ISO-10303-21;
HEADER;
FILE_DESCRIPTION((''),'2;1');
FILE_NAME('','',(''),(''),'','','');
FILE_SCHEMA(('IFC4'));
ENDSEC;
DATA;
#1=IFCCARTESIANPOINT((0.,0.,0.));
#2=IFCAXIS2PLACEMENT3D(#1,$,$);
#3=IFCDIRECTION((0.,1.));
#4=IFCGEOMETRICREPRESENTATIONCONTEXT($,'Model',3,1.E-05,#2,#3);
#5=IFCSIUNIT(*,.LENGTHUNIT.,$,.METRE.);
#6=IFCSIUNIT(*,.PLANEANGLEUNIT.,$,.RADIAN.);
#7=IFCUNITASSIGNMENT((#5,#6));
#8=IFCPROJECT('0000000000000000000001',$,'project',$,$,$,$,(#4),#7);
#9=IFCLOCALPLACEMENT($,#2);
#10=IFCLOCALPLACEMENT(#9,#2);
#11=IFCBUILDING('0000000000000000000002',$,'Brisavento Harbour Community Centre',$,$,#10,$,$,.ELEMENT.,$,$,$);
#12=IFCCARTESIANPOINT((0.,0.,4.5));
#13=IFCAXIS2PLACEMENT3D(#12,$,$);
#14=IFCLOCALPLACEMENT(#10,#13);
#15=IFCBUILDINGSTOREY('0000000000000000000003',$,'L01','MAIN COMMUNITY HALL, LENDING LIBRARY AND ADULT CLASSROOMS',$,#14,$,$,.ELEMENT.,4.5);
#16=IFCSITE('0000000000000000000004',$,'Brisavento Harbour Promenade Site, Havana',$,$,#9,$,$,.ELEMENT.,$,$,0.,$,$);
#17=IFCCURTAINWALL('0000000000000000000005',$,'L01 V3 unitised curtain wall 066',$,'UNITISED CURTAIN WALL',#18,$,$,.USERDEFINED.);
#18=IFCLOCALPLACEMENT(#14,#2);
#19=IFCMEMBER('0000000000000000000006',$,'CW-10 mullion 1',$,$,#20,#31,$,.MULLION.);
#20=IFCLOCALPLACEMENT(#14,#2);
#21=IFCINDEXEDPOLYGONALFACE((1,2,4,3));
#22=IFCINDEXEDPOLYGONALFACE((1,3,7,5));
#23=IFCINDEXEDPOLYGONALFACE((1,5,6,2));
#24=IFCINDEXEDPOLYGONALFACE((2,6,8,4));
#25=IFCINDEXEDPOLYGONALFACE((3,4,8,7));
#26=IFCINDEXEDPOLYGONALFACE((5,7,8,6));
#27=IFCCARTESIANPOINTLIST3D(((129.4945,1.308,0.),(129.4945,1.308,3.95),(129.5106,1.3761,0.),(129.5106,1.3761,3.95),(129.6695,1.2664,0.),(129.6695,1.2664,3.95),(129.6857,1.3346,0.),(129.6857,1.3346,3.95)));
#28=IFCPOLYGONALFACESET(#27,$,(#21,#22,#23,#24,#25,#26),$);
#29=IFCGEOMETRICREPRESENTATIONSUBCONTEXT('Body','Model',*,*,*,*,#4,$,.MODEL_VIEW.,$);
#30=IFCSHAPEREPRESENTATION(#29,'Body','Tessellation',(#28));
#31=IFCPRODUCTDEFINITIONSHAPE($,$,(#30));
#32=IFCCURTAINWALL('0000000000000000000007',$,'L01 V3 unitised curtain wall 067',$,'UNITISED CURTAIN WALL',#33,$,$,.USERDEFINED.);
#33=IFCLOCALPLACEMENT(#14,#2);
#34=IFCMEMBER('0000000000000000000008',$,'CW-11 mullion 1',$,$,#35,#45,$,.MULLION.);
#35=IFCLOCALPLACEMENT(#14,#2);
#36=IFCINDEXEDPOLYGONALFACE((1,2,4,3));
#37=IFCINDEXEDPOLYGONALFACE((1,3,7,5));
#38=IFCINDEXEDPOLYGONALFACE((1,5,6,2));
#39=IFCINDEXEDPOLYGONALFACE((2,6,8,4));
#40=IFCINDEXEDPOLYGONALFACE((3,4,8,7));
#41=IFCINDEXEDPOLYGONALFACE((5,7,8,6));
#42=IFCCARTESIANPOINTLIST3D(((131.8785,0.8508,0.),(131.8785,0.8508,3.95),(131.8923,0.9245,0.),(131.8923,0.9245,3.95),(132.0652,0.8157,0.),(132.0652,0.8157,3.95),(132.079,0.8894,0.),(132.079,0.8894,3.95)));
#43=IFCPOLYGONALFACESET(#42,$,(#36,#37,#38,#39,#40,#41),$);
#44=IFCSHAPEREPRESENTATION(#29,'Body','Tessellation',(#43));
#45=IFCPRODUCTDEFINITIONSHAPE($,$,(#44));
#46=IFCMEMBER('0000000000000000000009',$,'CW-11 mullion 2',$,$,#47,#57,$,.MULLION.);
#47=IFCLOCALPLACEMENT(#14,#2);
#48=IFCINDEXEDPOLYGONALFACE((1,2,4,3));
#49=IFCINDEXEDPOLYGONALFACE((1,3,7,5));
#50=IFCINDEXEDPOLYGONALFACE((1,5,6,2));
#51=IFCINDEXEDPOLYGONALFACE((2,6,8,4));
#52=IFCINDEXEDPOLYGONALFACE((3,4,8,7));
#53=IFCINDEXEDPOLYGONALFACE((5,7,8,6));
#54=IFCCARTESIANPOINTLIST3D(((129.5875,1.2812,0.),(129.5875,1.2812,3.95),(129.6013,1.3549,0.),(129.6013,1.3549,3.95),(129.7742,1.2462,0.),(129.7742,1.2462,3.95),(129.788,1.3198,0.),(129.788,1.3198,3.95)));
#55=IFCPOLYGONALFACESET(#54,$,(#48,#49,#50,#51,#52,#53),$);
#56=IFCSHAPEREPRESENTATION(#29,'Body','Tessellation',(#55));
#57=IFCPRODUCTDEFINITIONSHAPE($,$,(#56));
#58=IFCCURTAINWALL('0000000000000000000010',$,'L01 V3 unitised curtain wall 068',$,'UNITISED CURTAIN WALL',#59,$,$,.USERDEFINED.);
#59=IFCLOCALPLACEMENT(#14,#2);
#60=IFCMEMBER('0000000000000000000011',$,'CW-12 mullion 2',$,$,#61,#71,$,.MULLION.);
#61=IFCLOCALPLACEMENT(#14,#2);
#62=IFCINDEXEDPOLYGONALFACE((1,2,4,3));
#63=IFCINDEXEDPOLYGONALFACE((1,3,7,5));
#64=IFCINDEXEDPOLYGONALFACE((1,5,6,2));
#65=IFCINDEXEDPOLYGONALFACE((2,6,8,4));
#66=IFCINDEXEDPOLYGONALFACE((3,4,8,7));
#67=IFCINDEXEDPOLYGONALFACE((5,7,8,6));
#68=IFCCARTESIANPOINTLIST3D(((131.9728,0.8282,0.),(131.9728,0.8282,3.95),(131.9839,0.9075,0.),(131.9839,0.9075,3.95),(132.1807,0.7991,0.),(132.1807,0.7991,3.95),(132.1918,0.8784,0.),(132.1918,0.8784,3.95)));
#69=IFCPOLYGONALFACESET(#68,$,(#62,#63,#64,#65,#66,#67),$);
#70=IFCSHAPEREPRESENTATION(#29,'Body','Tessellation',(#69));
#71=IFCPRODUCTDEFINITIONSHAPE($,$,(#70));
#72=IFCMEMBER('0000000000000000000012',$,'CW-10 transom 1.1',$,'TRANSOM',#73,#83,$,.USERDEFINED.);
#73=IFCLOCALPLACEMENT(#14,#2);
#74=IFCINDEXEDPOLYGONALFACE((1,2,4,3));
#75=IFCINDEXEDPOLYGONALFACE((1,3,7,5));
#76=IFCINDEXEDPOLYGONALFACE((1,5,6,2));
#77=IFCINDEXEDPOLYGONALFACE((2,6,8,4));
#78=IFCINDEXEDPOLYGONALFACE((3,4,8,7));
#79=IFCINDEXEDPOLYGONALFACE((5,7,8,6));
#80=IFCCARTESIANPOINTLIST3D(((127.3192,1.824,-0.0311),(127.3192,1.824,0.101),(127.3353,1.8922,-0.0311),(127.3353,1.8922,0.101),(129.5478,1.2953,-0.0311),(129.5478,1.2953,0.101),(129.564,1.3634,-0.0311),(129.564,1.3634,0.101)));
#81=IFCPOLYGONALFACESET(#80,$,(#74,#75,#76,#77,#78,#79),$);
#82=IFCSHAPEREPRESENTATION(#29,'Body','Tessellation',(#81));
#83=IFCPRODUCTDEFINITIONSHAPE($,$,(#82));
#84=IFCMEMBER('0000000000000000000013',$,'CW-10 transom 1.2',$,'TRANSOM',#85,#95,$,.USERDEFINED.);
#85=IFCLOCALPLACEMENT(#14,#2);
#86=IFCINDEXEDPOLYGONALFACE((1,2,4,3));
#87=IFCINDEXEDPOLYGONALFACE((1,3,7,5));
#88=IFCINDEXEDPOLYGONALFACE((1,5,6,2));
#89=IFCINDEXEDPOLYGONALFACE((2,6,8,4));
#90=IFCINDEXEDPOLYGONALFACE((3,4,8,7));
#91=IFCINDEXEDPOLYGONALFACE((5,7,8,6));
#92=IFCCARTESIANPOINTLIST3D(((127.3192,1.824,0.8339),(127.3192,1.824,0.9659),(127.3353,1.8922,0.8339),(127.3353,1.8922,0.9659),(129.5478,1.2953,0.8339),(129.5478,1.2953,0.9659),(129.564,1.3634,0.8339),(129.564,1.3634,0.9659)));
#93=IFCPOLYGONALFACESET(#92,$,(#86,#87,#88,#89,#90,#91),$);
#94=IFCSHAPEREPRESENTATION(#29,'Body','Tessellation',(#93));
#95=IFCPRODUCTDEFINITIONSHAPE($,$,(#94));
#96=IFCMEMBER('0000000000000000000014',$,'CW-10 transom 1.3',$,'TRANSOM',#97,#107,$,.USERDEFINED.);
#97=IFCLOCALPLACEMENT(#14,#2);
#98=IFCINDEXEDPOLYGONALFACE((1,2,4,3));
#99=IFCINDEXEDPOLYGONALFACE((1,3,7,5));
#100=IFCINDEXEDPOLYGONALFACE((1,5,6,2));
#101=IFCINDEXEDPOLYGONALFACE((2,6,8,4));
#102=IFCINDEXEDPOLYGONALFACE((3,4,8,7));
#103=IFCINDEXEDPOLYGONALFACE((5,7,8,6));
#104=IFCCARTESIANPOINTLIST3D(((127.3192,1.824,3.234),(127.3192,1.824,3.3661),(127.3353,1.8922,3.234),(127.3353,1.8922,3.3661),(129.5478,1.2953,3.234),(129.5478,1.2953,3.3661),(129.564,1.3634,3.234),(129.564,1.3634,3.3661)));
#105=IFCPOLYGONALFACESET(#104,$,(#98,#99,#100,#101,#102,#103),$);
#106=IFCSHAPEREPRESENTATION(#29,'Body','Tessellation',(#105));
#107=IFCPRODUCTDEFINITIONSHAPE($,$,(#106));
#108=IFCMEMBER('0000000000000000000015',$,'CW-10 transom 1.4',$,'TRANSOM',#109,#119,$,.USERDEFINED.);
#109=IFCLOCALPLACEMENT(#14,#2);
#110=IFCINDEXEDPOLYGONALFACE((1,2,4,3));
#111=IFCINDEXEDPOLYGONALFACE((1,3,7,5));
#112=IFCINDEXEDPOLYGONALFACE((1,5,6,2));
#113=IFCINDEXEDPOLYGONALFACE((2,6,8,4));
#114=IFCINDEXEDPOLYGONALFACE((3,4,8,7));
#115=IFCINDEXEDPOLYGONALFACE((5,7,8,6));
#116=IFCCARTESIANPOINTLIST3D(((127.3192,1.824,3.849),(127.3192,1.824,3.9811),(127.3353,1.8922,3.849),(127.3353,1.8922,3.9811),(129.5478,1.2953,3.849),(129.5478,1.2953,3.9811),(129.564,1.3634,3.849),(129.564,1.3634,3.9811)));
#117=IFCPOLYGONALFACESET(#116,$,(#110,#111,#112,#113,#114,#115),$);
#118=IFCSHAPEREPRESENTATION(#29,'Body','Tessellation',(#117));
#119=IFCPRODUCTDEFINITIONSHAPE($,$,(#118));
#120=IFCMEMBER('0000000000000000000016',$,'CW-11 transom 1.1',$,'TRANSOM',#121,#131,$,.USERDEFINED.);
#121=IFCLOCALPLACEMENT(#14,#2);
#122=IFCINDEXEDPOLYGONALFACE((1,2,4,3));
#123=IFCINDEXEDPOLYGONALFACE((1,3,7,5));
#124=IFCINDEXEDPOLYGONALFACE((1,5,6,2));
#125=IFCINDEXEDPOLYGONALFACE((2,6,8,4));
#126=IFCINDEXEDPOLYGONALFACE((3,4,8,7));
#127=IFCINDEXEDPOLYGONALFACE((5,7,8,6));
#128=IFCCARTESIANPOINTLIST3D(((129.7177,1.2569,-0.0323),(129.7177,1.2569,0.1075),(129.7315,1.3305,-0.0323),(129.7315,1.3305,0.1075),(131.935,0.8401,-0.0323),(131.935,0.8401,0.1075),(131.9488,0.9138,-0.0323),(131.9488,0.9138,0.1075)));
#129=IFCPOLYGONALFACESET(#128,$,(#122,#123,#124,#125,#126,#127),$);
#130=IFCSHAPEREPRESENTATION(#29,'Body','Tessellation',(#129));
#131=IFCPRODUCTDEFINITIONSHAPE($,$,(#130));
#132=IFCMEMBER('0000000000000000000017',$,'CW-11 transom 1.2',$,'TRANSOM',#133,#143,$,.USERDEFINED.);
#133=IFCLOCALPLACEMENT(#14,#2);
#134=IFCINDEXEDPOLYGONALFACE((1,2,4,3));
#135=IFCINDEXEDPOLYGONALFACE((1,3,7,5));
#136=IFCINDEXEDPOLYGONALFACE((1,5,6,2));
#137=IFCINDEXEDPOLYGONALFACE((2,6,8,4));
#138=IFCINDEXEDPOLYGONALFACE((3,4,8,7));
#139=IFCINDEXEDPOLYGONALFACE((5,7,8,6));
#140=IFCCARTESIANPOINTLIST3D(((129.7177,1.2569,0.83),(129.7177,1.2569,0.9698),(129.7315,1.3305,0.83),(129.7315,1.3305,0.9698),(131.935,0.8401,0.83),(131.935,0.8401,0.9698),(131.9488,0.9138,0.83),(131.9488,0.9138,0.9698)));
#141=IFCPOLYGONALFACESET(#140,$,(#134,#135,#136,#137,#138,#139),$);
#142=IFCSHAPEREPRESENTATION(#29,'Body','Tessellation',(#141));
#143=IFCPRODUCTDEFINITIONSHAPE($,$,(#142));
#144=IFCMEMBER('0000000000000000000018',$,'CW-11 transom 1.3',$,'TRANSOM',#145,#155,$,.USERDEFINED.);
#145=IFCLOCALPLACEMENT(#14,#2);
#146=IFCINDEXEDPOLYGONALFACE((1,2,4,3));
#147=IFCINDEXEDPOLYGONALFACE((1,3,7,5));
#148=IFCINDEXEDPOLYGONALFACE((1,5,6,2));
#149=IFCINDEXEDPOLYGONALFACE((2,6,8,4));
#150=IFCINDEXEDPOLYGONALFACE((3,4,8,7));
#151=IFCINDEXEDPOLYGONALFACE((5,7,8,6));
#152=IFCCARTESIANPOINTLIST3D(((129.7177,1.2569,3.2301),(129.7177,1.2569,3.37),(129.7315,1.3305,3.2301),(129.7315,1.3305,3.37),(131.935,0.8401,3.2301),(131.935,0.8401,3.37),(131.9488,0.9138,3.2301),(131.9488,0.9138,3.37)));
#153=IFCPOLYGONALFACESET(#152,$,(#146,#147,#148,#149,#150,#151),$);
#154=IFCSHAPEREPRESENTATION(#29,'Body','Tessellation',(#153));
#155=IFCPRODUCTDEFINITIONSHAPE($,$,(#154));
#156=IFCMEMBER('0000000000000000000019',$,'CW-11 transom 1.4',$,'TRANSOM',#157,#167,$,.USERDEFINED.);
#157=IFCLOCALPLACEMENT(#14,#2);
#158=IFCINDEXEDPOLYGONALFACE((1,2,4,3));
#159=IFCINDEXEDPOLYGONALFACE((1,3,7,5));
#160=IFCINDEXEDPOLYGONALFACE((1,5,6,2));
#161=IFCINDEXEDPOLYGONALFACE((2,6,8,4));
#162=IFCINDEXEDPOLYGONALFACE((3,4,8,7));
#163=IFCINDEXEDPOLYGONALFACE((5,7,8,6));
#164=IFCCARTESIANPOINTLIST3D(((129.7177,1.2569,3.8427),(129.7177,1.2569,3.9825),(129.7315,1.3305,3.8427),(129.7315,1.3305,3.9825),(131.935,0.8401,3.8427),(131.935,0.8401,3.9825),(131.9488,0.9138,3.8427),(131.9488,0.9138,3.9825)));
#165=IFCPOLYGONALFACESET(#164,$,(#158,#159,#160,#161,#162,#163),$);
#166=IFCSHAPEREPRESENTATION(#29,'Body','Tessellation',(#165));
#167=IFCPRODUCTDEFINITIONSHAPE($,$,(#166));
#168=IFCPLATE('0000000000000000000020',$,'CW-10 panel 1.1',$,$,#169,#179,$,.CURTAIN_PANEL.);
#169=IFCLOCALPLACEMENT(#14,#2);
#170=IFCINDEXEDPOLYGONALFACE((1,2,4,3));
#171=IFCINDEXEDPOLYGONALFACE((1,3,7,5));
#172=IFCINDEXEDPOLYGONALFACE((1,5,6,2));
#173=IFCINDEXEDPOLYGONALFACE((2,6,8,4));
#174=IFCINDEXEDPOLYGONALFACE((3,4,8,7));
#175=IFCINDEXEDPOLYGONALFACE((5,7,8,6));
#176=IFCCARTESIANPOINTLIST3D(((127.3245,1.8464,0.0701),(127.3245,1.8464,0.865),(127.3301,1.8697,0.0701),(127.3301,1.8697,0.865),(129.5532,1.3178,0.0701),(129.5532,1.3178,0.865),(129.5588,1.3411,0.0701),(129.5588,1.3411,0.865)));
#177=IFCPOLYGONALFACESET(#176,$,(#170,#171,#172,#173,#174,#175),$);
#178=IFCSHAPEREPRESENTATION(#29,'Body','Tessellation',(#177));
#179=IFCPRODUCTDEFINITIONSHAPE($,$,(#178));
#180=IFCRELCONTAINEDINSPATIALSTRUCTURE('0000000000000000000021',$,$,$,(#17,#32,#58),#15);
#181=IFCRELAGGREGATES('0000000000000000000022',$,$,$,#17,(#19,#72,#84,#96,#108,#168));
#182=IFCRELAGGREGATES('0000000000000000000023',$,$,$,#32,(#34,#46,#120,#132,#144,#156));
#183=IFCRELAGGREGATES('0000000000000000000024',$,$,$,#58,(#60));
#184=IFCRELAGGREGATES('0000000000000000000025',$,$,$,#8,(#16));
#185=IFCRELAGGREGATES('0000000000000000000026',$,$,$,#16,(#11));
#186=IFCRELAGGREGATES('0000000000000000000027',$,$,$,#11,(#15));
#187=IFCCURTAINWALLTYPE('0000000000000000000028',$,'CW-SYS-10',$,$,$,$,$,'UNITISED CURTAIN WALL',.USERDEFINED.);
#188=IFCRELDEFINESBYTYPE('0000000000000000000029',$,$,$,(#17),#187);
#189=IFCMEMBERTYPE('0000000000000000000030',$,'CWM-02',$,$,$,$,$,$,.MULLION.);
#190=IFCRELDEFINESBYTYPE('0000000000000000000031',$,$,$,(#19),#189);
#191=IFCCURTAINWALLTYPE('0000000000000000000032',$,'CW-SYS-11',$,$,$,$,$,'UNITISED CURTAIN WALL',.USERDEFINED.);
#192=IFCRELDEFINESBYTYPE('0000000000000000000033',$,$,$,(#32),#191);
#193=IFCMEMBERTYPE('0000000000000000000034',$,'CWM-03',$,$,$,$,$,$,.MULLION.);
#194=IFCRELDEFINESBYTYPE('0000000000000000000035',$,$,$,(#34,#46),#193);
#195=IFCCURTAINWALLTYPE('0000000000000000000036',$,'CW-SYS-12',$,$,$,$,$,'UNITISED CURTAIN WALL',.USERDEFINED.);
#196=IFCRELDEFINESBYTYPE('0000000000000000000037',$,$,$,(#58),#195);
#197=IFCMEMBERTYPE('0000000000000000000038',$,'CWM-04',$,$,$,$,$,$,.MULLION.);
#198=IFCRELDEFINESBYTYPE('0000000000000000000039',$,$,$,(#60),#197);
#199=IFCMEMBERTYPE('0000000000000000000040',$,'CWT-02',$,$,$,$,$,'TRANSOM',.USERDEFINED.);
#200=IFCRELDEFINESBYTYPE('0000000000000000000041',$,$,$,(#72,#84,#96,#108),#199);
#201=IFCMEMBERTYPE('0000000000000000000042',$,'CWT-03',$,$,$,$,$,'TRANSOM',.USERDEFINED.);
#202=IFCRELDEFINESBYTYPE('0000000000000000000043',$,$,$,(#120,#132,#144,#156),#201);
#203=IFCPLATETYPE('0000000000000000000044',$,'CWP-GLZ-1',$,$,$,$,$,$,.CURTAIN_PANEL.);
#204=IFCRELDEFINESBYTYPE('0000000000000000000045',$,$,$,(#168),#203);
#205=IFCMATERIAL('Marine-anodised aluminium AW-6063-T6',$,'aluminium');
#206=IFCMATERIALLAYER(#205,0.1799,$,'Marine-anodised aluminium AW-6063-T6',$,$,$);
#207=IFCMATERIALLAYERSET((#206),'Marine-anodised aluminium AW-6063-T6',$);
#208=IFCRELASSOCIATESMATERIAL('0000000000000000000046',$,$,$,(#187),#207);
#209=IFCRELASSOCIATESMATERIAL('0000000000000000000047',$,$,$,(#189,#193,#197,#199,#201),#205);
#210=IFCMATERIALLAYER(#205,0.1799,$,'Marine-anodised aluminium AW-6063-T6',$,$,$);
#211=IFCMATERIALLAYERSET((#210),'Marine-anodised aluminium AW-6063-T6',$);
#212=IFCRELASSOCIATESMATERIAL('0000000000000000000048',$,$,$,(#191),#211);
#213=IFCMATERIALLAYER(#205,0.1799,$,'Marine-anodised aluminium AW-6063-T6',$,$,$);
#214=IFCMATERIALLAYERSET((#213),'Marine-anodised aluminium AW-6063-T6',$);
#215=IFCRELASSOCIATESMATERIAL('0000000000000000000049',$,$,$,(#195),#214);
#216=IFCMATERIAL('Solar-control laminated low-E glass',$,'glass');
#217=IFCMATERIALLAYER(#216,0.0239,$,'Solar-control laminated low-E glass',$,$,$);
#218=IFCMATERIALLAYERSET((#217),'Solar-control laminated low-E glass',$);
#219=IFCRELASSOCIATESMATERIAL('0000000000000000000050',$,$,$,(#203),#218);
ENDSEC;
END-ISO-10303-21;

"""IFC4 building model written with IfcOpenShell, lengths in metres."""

from ifc_helpers import new_model, si_unit, direction, frame, origin, origin_2d, place, context, subcontext, project, spatial, rectangle, extrude, material, layer, layer_set, material_profile, profile_set, type_object, element, aggregate, save


model = new_model("IFC4")

# Units and contexts
model_context = context("Model", 3, precision=1e-05, world=origin(), true_north=direction((0.0, 1.0)))
body_context = subcontext(model_context, "Body", "Model", "MODEL_VIEW")
ifc_project = project(units=[si_unit("LENGTHUNIT", "METRE"), si_unit("PLANEANGLEUNIT", "RADIAN")], contexts=[model_context])

# Site, building, storey
site_placement = place(None, origin())
site = spatial("IfcSite", under=ifc_project, at=site_placement, Name="Brisavento Harbour Promenade Site, Havana", CompositionType="ELEMENT", RefElevation=0.0)
building_placement = place(site_placement, origin())
building = spatial("IfcBuilding", under=site, at=building_placement, Name="Brisavento Harbour Community Centre", CompositionType="ELEMENT")
storey_placement = place(building_placement, frame((0.0, 0.0, 4.5)))
storey = spatial("IfcBuildingStorey", under=building, at=storey_placement, Name="L01", Description="MAIN COMMUNITY HALL, LENDING LIBRARY AND ADULT CLASSROOMS", CompositionType="ELEMENT", Elevation=4.5)

# Curtain wall, member
ifc_material_1 = material(Name="Marine-anodised aluminium AW-6063-T6", Category="aluminium")
ifc_layer_1 = layer(ifc_material_1, 0.1799, Name="Marine-anodised aluminium AW-6063-T6")
ifc_layer_set_1 = layer_set([ifc_layer_1], Name="Marine-anodised aluminium AW-6063-T6")
curtain_wall_type_1 = type_object("IfcCurtainWallType", Name="CW-SYS-10", ElementType="UNITISED CURTAIN WALL", PredefinedType="USERDEFINED", material=ifc_layer_set_1)
curtain_wall_1_placement = place(storey_placement, origin())
curtain_wall_1 = element("IfcCurtainWall", 1, at=curtain_wall_1_placement, inside=storey, type_object=curtain_wall_type_1, Name="L01 V3 unitised curtain wall 066", ObjectType="UNITISED CURTAIN WALL", PredefinedType="USERDEFINED")
ifc_material_profile_1 = material_profile(ifc_material_1, rectangle(XDim=0.0701, YDim=0.1799, at=origin_2d()), Name="Marine-anodised aluminium AW-6063-T6")
ifc_profile_set_1 = profile_set([ifc_material_profile_1], Name="Marine-anodised aluminium AW-6063-T6")
member_type_1 = type_object("IfcMemberType", Name="CWM-02", PredefinedType="MULLION", material=ifc_profile_set_1)
member_1_placement = place(storey_placement, frame((129.5901, 1.3213, 0.0), z_axis=(0.0, 0.0, 1.0), x_axis=(-0.230805, -0.973, 0.0)))
member_1 = element("IfcMember", 2, at=member_1_placement, type_object=member_type_1, Name="CW-10 mullion 1", PredefinedType="MULLION", context=body_context, shape_type="SweptSolid", body=[
    extrude(rectangle(XDim=0.0701, YDim=0.1799, at=origin_2d()), origin(), (0.0, 0.0, 1.0), 3.95),
])

# Curtain wall, members
ifc_layer_2 = layer(ifc_material_1, 0.1799, Name="Marine-anodised aluminium AW-6063-T6")
ifc_layer_set_2 = layer_set([ifc_layer_2], Name="Marine-anodised aluminium AW-6063-T6")
curtain_wall_type_2 = type_object("IfcCurtainWallType", Name="CW-SYS-11", ElementType="UNITISED CURTAIN WALL", PredefinedType="USERDEFINED", material=ifc_layer_set_2)
curtain_wall_2_placement = place(storey_placement, origin())
curtain_wall_2 = element("IfcCurtainWall", 3, at=curtain_wall_2_placement, inside=storey, type_object=curtain_wall_type_2, Name="L01 V3 unitised curtain wall 067", ObjectType="UNITISED CURTAIN WALL", PredefinedType="USERDEFINED")
ifc_material_profile_2 = material_profile(ifc_material_1, rectangle(XDim=0.075, YDim=0.1899, at=origin_2d()), Name="Marine-anodised aluminium AW-6063-T6")
ifc_profile_set_2 = profile_set([ifc_material_profile_2], Name="Marine-anodised aluminium AW-6063-T6")
member_type_2 = type_object("IfcMemberType", Name="CWM-03", PredefinedType="MULLION", material=ifc_profile_set_2)
member_2_placement = place(storey_placement, frame((131.9788, 0.8701, 0.0), z_axis=(0.0, 0.0, 1.0), x_axis=(-0.184665, -0.982802, 0.0)))
member_2 = element("IfcMember", 4, at=member_2_placement, type_object=member_type_2, Name="CW-11 mullion 1", PredefinedType="MULLION", context=body_context, shape_type="SweptSolid", body=[
    extrude(rectangle(XDim=0.075, YDim=0.1899, at=origin_2d()), origin(), (0.0, 0.0, 1.0), 3.95),
])
member_3_placement = place(storey_placement, frame((129.6877, 1.3005, 0.0), z_axis=(0.0, 0.0, 1.0), x_axis=(-0.184665, -0.982802, 0.0)))
member_3 = element("IfcMember", 5, at=member_3_placement, type_object=member_type_2, Name="CW-11 mullion 2", PredefinedType="MULLION", context=body_context, shape_type="SweptSolid", body=[
    extrude(rectangle(XDim=0.075, YDim=0.1899, at=origin_2d()), origin(), (0.0, 0.0, 1.0), 3.95),
])

# Curtain wall, member
ifc_layer_3 = layer(ifc_material_1, 0.1799, Name="Marine-anodised aluminium AW-6063-T6")
ifc_layer_set_3 = layer_set([ifc_layer_3], Name="Marine-anodised aluminium AW-6063-T6")
curtain_wall_type_3 = type_object("IfcCurtainWallType", Name="CW-SYS-12", ElementType="UNITISED CURTAIN WALL", PredefinedType="USERDEFINED", material=ifc_layer_set_3)
curtain_wall_3_placement = place(storey_placement, origin())
curtain_wall_3 = element("IfcCurtainWall", 6, at=curtain_wall_3_placement, inside=storey, type_object=curtain_wall_type_3, Name="L01 V3 unitised curtain wall 068", ObjectType="UNITISED CURTAIN WALL", PredefinedType="USERDEFINED")
ifc_material_profile_3 = material_profile(ifc_material_1, rectangle(XDim=0.0801, YDim=0.21, at=origin_2d()), Name="Marine-anodised aluminium AW-6063-T6")
ifc_profile_set_3 = profile_set([ifc_material_profile_3], Name="Marine-anodised aluminium AW-6063-T6")
member_type_3 = type_object("IfcMemberType", Name="CWM-04", PredefinedType="MULLION", material=ifc_profile_set_3)
member_4_placement = place(storey_placement, frame((132.0823, 0.8533, 0.0), z_axis=(0.0, 0.0, 1.0), x_axis=(-0.138477, -0.990366, 0.0)))
member_4 = element("IfcMember", 7, at=member_4_placement, type_object=member_type_3, Name="CW-12 mullion 2", PredefinedType="MULLION", context=body_context, shape_type="SweptSolid", body=[
    extrude(rectangle(XDim=0.0801, YDim=0.21, at=origin_2d()), origin(), (0.0, 0.0, 1.0), 3.95),
])

# Members
ifc_material_profile_4 = material_profile(ifc_material_1, rectangle(XDim=0.0701, YDim=0.1321, at=origin_2d()), Name="Marine-anodised aluminium AW-6063-T6")
ifc_profile_set_4 = profile_set([ifc_material_profile_4], Name="Marine-anodised aluminium AW-6063-T6")
member_type_4 = type_object("IfcMemberType", Name="CWT-02", ElementType="TRANSOM", PredefinedType="USERDEFINED", material=ifc_profile_set_4)
member_5_placement = place(storey_placement, frame((129.5559, 1.3293, 0.0349), z_axis=(-0.972988, 0.230857, 0.0), x_axis=(-0.230857, -0.972988, 0.0)))
member_5 = element("IfcMember", 8, at=member_5_placement, type_object=member_type_4, Name="CW-10 transom 1.1", ObjectType="TRANSOM", PredefinedType="USERDEFINED", context=body_context, shape_type="SweptSolid", body=[
    extrude(rectangle(XDim=0.0701, YDim=0.1321, at=origin_2d()), origin(), (0.0, 0.0, 1.0), 2.2905),
])
member_6_placement = place(storey_placement, frame((129.5559, 1.3293, 0.8999), z_axis=(-0.972988, 0.230857, 0.0), x_axis=(-0.230857, -0.972988, 0.0)))
member_6 = element("IfcMember", 9, at=member_6_placement, type_object=member_type_4, Name="CW-10 transom 1.2", ObjectType="TRANSOM", PredefinedType="USERDEFINED", context=body_context, shape_type="SweptSolid", body=[
    extrude(rectangle(XDim=0.0701, YDim=0.1321, at=origin_2d()), origin(), (0.0, 0.0, 1.0), 2.2905),
])
member_7_placement = place(storey_placement, frame((129.5559, 1.3293, 3.3), z_axis=(-0.972988, 0.230857, 0.0), x_axis=(-0.230857, -0.972988, 0.0)))
member_7 = element("IfcMember", 10, at=member_7_placement, type_object=member_type_4, Name="CW-10 transom 1.3", ObjectType="TRANSOM", PredefinedType="USERDEFINED", context=body_context, shape_type="SweptSolid", body=[
    extrude(rectangle(XDim=0.0701, YDim=0.1321, at=origin_2d()), origin(), (0.0, 0.0, 1.0), 2.2905),
])
member_8_placement = place(storey_placement, frame((129.5559, 1.3293, 3.915), z_axis=(-0.972988, 0.230857, 0.0), x_axis=(-0.230857, -0.972988, 0.0)))
member_8 = element("IfcMember", 11, at=member_8_placement, type_object=member_type_4, Name="CW-10 transom 1.4", ObjectType="TRANSOM", PredefinedType="USERDEFINED", context=body_context, shape_type="SweptSolid", body=[
    extrude(rectangle(XDim=0.0701, YDim=0.1321, at=origin_2d()), origin(), (0.0, 0.0, 1.0), 2.2905),
])
ifc_material_profile_5 = material_profile(ifc_material_1, rectangle(XDim=0.075, YDim=0.1399, at=origin_2d()), Name="Marine-anodised aluminium AW-6063-T6")
ifc_profile_set_5 = profile_set([ifc_material_profile_5], Name="Marine-anodised aluminium AW-6063-T6")
member_type_5 = type_object("IfcMemberType", Name="CWT-03", ElementType="TRANSOM", PredefinedType="USERDEFINED", material=ifc_profile_set_5)
member_9_placement = place(storey_placement, frame((131.9419, 0.877, 0.0376), z_axis=(-0.982791, 0.18472, 0.0), x_axis=(-0.18472, -0.982791, 0.0)))
member_9 = element("IfcMember", 12, at=member_9_placement, type_object=member_type_5, Name="CW-11 transom 1.1", ObjectType="TRANSOM", PredefinedType="USERDEFINED", context=body_context, shape_type="SweptSolid", body=[
    extrude(rectangle(XDim=0.075, YDim=0.1399, at=origin_2d()), origin(), (0.0, 0.0, 1.0), 2.2561),
])
member_10_placement = place(storey_placement, frame((131.9419, 0.877, 0.8999), z_axis=(-0.982791, 0.18472, 0.0), x_axis=(-0.18472, -0.982791, 0.0)))
member_10 = element("IfcMember", 13, at=member_10_placement, type_object=member_type_5, Name="CW-11 transom 1.2", ObjectType="TRANSOM", PredefinedType="USERDEFINED", context=body_context, shape_type="SweptSolid", body=[
    extrude(rectangle(XDim=0.075, YDim=0.1399, at=origin_2d()), origin(), (0.0, 0.0, 1.0), 2.2561),
])
member_11_placement = place(storey_placement, frame((131.9419, 0.877, 3.3), z_axis=(-0.982791, 0.18472, 0.0), x_axis=(-0.18472, -0.982791, 0.0)))
member_11 = element("IfcMember", 14, at=member_11_placement, type_object=member_type_5, Name="CW-11 transom 1.3", ObjectType="TRANSOM", PredefinedType="USERDEFINED", context=body_context, shape_type="SweptSolid", body=[
    extrude(rectangle(XDim=0.075, YDim=0.1399, at=origin_2d()), origin(), (0.0, 0.0, 1.0), 2.2561),
])
member_12_placement = place(storey_placement, frame((131.9419, 0.877, 3.9126), z_axis=(-0.982791, 0.18472, 0.0), x_axis=(-0.18472, -0.982791, 0.0)))
member_12 = element("IfcMember", 15, at=member_12_placement, type_object=member_type_5, Name="CW-11 transom 1.4", ObjectType="TRANSOM", PredefinedType="USERDEFINED", context=body_context, shape_type="SweptSolid", body=[
    extrude(rectangle(XDim=0.075, YDim=0.1399, at=origin_2d()), origin(), (0.0, 0.0, 1.0), 2.2561),
])

# Plate
ifc_material_2 = material(Name="Solar-control laminated low-E glass", Category="glass")
ifc_layer_4 = layer(ifc_material_2, 0.0239, Name="Solar-control laminated low-E glass")
ifc_layer_set_4 = layer_set([ifc_layer_4], Name="Solar-control laminated low-E glass")
plate_type_1 = type_object("IfcPlateType", Name="CWP-GLZ-1", PredefinedType="CURTAIN_PANEL", material=ifc_layer_set_4)
plate_1_placement = place(storey_placement, frame((128.4417, 1.5938, 0.0701), z_axis=(0.0, 0.0, 1.0), x_axis=(-0.973, 0.230805, 0.0)))
plate_1 = element("IfcPlate", 16, at=plate_1_placement, type_object=plate_type_1, Name="CW-10 panel 1.1", PredefinedType="CURTAIN_PANEL", context=body_context, shape_type="SweptSolid", body=[
    extrude(rectangle(XDim=2.2905, YDim=0.0239, at=origin_2d()), origin(), (0.0, 0.0, 1.0), 0.7949),
])
aggregate(curtain_wall_1, [member_1, member_5, member_6, member_7, member_8, plate_1])
aggregate(curtain_wall_2, [member_2, member_3, member_9, member_10, member_11, member_12])
aggregate(curtain_wall_3, [member_4])

save(model, "model.ifc")
